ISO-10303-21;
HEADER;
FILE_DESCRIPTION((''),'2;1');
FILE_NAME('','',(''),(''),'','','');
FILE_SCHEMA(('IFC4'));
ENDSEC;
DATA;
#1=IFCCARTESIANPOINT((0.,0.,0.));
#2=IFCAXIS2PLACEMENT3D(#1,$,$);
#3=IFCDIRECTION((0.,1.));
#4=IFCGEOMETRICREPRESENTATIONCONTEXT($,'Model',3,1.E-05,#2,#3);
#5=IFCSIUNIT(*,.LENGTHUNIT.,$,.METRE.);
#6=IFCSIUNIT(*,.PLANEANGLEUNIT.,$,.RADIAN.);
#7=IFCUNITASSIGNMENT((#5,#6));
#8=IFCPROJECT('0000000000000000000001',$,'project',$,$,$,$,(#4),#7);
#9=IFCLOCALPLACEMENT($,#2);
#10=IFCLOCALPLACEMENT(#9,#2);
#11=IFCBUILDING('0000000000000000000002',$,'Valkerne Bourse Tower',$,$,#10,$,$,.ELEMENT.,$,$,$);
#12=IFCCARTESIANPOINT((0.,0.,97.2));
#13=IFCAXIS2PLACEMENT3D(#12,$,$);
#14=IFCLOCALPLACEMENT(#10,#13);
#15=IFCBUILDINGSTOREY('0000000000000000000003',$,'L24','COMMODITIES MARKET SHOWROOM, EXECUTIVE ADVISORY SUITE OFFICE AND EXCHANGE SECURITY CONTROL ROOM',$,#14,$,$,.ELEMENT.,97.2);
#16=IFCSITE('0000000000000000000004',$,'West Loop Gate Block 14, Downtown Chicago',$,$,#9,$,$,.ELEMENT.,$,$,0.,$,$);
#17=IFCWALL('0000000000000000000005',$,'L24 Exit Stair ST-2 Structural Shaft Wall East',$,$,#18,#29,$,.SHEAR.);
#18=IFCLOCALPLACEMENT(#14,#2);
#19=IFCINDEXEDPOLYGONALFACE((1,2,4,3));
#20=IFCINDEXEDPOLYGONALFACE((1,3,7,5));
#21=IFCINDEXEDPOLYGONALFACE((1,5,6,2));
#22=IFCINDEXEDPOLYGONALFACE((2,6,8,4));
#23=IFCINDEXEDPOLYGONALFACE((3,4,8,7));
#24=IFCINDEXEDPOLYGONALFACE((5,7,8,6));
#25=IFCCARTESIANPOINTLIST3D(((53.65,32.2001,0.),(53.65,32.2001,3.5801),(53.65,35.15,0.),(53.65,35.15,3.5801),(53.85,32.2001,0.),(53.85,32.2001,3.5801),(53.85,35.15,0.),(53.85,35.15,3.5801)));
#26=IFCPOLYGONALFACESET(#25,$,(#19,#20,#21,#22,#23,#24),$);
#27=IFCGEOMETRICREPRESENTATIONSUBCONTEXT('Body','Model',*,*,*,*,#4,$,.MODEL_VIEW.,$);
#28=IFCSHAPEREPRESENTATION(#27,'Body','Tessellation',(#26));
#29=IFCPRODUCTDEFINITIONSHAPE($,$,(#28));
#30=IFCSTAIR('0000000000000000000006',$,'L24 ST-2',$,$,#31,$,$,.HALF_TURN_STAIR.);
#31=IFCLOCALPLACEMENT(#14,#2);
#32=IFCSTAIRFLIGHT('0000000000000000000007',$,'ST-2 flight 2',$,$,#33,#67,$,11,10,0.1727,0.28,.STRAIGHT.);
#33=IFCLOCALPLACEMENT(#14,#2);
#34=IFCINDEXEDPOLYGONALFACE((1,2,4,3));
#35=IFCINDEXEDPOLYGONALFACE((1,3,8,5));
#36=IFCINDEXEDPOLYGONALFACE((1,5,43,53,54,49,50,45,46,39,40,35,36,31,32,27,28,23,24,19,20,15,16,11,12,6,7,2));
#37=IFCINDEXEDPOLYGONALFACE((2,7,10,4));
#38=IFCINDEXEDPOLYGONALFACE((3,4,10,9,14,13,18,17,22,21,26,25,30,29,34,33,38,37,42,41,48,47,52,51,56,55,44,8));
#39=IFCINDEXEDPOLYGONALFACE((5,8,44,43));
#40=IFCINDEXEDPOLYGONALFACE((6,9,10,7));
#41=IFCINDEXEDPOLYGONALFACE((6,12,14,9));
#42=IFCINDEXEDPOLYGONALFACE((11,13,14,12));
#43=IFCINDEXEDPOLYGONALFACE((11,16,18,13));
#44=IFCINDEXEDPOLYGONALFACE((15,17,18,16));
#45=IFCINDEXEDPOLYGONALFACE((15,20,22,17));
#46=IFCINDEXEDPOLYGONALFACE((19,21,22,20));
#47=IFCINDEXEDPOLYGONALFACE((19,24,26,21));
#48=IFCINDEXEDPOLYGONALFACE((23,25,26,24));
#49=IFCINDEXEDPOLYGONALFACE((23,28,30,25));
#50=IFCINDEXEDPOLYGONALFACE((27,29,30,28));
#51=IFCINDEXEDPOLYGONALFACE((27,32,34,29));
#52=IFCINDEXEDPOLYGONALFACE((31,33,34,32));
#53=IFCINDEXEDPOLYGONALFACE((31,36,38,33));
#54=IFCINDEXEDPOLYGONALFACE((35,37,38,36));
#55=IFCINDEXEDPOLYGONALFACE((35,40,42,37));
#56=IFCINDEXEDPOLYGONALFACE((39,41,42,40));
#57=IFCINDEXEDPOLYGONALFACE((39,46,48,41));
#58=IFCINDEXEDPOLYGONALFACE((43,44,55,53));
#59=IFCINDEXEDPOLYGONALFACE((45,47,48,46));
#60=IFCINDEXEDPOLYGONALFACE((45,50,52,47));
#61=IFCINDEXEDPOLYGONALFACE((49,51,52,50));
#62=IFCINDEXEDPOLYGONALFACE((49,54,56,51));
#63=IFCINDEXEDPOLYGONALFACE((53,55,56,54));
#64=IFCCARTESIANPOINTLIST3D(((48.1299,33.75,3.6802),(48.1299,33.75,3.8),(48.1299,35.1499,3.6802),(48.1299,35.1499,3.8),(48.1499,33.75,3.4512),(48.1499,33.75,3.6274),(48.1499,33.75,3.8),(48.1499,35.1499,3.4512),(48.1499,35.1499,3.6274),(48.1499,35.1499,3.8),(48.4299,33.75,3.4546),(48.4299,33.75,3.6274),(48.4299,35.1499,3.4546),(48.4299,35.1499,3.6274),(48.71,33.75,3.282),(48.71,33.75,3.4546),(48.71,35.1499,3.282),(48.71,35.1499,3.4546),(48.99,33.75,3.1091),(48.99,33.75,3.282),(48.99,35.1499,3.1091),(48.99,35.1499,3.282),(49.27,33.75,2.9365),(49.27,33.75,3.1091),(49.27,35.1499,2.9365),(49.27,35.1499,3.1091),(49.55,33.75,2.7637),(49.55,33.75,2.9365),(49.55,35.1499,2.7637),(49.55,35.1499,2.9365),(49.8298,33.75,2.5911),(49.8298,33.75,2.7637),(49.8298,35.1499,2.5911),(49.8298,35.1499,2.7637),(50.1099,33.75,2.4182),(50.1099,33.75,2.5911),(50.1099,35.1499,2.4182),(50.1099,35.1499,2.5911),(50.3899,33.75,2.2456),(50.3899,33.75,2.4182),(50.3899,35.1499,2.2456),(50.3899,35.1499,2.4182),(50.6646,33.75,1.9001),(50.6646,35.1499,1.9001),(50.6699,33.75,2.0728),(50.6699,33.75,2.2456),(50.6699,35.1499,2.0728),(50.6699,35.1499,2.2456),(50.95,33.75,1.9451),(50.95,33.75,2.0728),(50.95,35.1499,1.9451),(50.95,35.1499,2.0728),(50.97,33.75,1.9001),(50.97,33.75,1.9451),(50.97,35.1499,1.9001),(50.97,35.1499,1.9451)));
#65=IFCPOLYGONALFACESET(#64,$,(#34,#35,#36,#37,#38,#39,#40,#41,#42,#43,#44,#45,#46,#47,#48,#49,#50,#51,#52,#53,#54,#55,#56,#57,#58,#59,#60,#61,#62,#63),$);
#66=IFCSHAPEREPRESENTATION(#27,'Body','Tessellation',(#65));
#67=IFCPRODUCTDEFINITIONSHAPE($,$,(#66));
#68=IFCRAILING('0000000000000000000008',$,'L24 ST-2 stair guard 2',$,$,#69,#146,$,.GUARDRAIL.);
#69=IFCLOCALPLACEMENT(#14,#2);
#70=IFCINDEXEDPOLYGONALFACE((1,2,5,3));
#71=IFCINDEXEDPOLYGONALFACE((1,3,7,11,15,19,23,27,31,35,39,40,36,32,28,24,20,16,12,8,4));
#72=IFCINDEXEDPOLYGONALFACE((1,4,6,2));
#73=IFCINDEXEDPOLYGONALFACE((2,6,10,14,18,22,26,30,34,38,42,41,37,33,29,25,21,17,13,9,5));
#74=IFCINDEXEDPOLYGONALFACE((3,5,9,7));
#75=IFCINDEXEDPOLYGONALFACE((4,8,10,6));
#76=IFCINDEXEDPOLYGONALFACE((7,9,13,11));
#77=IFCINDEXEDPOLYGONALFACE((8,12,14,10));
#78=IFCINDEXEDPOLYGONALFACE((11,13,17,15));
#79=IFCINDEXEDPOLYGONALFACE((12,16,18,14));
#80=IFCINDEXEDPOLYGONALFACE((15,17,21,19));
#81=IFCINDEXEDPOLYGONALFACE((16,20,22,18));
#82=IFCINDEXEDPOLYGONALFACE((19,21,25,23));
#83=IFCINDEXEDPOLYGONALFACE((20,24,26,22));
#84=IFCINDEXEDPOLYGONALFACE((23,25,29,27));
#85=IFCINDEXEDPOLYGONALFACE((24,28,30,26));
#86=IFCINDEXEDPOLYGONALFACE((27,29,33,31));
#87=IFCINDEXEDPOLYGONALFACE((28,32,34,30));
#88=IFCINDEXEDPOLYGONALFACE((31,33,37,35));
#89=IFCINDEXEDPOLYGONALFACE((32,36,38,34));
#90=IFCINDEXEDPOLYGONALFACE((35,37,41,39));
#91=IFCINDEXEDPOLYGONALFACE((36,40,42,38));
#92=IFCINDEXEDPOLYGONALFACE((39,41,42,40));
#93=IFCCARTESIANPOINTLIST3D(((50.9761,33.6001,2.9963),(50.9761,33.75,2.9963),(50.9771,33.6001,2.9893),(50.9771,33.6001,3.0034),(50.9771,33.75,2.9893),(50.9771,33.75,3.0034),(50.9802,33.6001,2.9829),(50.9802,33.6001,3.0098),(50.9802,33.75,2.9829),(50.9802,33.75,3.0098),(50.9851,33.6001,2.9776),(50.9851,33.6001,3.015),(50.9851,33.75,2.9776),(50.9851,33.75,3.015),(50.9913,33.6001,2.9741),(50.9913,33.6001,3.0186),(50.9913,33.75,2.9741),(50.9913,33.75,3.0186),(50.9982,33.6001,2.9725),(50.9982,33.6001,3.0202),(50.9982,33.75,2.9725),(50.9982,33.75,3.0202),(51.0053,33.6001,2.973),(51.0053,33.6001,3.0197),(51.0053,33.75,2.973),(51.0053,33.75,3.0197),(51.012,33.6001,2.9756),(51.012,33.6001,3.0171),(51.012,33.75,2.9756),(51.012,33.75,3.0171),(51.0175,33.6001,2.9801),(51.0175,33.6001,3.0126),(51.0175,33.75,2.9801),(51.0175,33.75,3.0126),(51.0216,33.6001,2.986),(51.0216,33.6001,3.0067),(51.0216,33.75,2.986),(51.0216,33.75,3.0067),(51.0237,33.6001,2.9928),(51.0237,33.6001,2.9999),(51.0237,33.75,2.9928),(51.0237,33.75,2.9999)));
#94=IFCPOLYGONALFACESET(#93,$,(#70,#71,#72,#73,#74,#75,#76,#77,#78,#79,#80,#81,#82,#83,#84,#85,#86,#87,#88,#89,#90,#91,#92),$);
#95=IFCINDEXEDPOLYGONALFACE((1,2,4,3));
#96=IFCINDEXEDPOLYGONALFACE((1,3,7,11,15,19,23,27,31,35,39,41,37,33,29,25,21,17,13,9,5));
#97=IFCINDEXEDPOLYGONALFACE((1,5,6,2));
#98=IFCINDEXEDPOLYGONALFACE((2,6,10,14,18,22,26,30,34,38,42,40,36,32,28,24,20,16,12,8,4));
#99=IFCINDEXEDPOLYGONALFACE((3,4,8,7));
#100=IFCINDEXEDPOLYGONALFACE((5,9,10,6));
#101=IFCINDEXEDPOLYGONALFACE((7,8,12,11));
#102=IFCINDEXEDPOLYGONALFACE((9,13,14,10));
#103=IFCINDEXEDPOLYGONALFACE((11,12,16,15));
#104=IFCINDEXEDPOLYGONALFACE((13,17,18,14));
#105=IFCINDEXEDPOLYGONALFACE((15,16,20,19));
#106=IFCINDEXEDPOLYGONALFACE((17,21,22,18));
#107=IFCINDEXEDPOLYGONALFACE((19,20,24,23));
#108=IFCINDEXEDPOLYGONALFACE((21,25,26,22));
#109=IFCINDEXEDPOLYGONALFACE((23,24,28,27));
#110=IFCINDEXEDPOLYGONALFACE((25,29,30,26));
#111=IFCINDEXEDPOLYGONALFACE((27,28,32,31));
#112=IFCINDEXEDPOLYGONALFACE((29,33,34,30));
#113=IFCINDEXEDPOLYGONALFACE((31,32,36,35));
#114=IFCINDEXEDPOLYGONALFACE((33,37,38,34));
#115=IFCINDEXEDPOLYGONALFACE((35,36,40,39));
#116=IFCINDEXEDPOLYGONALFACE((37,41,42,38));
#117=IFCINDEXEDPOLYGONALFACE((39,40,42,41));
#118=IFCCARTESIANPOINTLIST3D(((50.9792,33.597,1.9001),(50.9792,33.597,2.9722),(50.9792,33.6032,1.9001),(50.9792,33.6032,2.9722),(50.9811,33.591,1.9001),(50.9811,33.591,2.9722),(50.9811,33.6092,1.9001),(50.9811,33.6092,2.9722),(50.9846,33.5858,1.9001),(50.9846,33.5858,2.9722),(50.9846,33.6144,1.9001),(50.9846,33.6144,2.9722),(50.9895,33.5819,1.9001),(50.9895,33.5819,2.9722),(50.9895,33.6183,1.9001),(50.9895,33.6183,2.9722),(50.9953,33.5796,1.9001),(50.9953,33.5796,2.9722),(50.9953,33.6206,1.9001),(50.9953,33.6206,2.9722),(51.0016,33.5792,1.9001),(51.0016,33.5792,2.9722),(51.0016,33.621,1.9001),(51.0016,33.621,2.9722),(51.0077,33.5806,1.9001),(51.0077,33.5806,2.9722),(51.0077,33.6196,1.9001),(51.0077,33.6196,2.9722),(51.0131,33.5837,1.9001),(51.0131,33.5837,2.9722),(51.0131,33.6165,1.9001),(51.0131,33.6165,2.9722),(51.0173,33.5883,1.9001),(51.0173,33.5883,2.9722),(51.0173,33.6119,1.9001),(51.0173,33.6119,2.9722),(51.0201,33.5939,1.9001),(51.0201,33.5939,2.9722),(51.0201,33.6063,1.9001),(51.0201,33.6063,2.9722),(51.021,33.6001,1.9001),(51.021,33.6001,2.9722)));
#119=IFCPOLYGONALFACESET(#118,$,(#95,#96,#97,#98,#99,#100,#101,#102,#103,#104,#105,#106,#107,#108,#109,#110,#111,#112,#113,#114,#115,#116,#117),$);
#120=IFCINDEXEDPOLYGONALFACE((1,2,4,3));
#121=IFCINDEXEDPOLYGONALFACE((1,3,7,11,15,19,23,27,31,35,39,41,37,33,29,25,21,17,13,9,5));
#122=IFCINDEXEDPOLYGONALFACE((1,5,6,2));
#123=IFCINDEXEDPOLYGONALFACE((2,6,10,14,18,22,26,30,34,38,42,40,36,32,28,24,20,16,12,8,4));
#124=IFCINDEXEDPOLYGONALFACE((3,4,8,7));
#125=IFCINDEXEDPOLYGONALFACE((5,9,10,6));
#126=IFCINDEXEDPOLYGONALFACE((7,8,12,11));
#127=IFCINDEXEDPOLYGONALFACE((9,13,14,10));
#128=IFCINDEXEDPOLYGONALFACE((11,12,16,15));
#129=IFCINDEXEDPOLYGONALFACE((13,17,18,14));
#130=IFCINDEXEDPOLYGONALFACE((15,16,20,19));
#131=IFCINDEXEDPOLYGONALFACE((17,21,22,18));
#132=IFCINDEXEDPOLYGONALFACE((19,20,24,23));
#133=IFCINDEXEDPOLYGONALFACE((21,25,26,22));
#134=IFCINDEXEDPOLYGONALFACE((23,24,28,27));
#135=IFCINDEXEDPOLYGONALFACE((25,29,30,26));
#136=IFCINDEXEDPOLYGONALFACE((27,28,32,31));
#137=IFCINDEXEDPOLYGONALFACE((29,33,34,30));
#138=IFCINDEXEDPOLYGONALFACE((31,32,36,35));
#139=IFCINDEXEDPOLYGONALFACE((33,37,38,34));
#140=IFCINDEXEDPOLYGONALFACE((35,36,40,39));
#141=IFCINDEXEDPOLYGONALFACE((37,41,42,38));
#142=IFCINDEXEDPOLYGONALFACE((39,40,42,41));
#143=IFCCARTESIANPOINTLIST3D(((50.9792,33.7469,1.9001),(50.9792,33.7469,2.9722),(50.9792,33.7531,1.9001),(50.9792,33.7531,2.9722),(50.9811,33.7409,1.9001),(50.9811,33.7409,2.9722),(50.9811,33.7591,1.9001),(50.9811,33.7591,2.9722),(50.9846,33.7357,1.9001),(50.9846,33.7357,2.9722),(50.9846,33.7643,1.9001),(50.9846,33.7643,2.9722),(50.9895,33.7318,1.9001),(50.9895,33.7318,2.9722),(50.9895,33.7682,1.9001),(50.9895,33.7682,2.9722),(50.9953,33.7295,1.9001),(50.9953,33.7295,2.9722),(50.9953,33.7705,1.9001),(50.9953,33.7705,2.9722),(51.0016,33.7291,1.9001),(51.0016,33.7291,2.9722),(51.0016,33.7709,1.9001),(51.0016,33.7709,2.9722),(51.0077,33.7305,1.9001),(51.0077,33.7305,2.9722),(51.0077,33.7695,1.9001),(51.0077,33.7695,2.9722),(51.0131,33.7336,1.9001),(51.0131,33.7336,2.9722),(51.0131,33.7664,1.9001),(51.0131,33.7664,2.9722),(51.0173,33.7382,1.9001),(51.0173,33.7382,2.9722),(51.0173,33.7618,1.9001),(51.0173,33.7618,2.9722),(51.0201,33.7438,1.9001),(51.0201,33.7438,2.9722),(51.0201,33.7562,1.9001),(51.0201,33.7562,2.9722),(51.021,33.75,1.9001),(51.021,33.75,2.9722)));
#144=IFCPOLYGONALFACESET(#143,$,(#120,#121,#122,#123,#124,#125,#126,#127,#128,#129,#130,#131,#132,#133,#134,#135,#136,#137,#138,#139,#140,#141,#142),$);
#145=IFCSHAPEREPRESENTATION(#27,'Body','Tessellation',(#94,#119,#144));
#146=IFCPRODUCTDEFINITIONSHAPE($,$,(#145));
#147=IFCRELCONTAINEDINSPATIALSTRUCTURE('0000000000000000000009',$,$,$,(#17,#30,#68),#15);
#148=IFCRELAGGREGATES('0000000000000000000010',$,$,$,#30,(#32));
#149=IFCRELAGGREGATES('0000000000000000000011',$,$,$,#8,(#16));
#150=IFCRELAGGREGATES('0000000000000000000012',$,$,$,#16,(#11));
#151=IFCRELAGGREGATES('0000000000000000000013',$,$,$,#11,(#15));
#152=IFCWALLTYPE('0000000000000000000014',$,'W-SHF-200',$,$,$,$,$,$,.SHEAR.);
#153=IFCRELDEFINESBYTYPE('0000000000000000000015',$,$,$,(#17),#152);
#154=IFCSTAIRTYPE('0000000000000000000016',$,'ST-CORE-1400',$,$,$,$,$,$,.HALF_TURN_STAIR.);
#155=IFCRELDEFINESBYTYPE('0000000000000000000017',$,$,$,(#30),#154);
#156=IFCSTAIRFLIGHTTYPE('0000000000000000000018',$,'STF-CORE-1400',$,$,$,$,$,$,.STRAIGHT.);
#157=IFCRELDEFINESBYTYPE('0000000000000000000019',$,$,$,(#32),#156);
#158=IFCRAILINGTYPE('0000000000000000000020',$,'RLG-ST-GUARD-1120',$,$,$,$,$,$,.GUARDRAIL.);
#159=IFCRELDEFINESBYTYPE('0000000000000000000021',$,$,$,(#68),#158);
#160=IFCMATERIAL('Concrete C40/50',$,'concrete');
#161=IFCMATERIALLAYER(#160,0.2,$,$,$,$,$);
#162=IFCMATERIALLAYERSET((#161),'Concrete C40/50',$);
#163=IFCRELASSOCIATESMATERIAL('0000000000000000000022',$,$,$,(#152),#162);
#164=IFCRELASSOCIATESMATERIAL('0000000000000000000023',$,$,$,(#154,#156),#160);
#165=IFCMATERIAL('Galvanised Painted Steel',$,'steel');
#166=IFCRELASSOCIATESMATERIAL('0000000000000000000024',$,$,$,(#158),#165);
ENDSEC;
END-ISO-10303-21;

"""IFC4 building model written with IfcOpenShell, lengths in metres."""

from ifc_helpers import new_model, si_unit, direction, frame, frame_2d, origin, origin_2d, place, context, subcontext, project, spatial, polyline, rectangle, circle, outline, extrude, material, layer, layer_set, type_object, element, aggregate, save


model = new_model("IFC4")

# Units and contexts
model_context = context("Model", 3, precision=1e-05, world=origin(), true_north=direction((0.0, 1.0)))
body_context = subcontext(model_context, "Body", "Model", "MODEL_VIEW")
ifc_project = project(units=[si_unit("LENGTHUNIT", "METRE"), si_unit("PLANEANGLEUNIT", "RADIAN")], contexts=[model_context])

# Site, building, storey
site_placement = place(None, origin())
site = spatial("IfcSite", under=ifc_project, at=site_placement, Name="West Loop Gate Block 14, Downtown Chicago", CompositionType="ELEMENT", RefElevation=0.0)
building_placement = place(site_placement, origin())
building = spatial("IfcBuilding", under=site, at=building_placement, Name="Valkerne Bourse Tower", CompositionType="ELEMENT")
storey_placement = place(building_placement, frame((0.0, 0.0, 97.2)))
storey = spatial("IfcBuildingStorey", under=building, at=storey_placement, Name="L24", Description="COMMODITIES MARKET SHOWROOM, EXECUTIVE ADVISORY SUITE OFFICE AND EXCHANGE SECURITY CONTROL ROOM", CompositionType="ELEMENT", Elevation=97.2)

# Wall
ifc_material_1 = material(Name="Concrete C40/50", Category="concrete")
ifc_layer_1 = layer(ifc_material_1, 0.2)
ifc_layer_set_1 = layer_set([ifc_layer_1], Name="Concrete C40/50")
wall_type_1 = type_object("IfcWallType", Name="W-SHF-200", PredefinedType="SHEAR", material=ifc_layer_set_1)
wall_1_placement = place(storey_placement, frame((53.75, 32.2, 0.0), z_axis=(0.0, 0.0, 1.0), x_axis=(0.0, 1.0, 0.0)))
element("IfcWall", 1, at=wall_1_placement, inside=storey, type_object=wall_type_1, Name="L24 Exit Stair ST-2 Structural Shaft Wall East", PredefinedType="SHEAR", context=body_context, shape_type="SweptSolid", body=[
    extrude(rectangle(XDim=2.95, YDim=0.2, at=frame_2d((1.4751, 0.0))), origin(), (0.0, 0.0, 1.0), 3.5801),
])

# Stair, stair flight
stair_type = type_object("IfcStairType", Name="ST-CORE-1400", PredefinedType="HALF_TURN_STAIR", material=ifc_material_1)
stair_placement = place(storey_placement, origin())
stair = element("IfcStair", 2, at=stair_placement, inside=storey, type_object=stair_type, Name="L24 ST-2", PredefinedType="HALF_TURN_STAIR")
stair_flight_type = type_object("IfcStairFlightType", Name="STF-CORE-1400", PredefinedType="STRAIGHT", material=ifc_material_1)
stair_flight_placement = place(storey_placement, frame((50.95, 34.45, 1.9001), z_axis=(0.0, 0.0, 1.0), x_axis=(-1.0, 0.0, 0.0)))
stair_flight = element("IfcStairFlight", 3, at=stair_flight_placement, type_object=stair_flight_type, Name="ST-2 flight 2", NumberOfRisers=11, NumberOfTreads=10, PredefinedType="STRAIGHT", RiserHeight=0.1727, TreadLength=0.28, context=body_context, shape_type="SweptSolid", body=[
    extrude(outline(polyline([(-0.02, 0.0), (-0.02, 0.0449), (0.0, 0.0449), (0.0, 0.1726), (0.28, 0.1726), (0.28, 0.3455), (0.5601, 0.3455), (0.5601, 0.5181), (0.8401, 0.5181), (0.8401, 0.6909), (1.1201, 0.6909), (1.1201, 0.8635), (1.3999, 0.8635), (1.3999, 1.0364), (1.6799, 1.0364), (1.6799, 1.209), (1.96, 1.209), (1.96, 1.3818), (2.24, 1.3818), (2.24, 1.5544), (2.52, 1.5544), (2.52, 1.7273), (2.8, 1.7273), (2.8, 1.8999), (2.8201, 1.8999), (2.8201, 1.78), (2.8, 1.551), (0.2854, 0.0), (-0.02, 0.0)])), frame((0.0, 0.7, 0.0), z_axis=(0.0, -1.0, 0.0), x_axis=(1.0, 0.0, 0.0)), (0.0, 0.0, 1.0), 1.3999),
])
aggregate(stair, [stair_flight])

# Railing
ifc_material_2 = material(Name="Galvanised Painted Steel", Category="steel")
railing_type_1 = type_object("IfcRailingType", Name="RLG-ST-GUARD-1120", PredefinedType="GUARDRAIL", material=ifc_material_2)
railing_1_placement = place(storey_placement, frame((51.0, 33.6001, 1.9001)))
element("IfcRailing", 4, at=railing_1_placement, inside=storey, type_object=railing_type_1, Name="L24 ST-2 stair guard 2", PredefinedType="GUARDRAIL", context=body_context, shape_type="SweptSolid", body=[
    extrude(circle(Radius=0.0239, at=origin_2d()), frame((0.0, 0.0, 1.0962), z_axis=(0.0, 1.0, 0.0), x_axis=(-1.0, 0.0, 0.0)), (0.0, 0.0, 1.0), 0.1499),
    extrude(circle(Radius=0.021, at=origin_2d()), origin(), (0.0, 0.0, 1.0), 1.072),
    extrude(circle(Radius=0.021, at=origin_2d()), frame((0.0, 0.1499, 0.0)), (0.0, 0.0, 1.0), 1.072),
])

save(model, "model.ifc")
